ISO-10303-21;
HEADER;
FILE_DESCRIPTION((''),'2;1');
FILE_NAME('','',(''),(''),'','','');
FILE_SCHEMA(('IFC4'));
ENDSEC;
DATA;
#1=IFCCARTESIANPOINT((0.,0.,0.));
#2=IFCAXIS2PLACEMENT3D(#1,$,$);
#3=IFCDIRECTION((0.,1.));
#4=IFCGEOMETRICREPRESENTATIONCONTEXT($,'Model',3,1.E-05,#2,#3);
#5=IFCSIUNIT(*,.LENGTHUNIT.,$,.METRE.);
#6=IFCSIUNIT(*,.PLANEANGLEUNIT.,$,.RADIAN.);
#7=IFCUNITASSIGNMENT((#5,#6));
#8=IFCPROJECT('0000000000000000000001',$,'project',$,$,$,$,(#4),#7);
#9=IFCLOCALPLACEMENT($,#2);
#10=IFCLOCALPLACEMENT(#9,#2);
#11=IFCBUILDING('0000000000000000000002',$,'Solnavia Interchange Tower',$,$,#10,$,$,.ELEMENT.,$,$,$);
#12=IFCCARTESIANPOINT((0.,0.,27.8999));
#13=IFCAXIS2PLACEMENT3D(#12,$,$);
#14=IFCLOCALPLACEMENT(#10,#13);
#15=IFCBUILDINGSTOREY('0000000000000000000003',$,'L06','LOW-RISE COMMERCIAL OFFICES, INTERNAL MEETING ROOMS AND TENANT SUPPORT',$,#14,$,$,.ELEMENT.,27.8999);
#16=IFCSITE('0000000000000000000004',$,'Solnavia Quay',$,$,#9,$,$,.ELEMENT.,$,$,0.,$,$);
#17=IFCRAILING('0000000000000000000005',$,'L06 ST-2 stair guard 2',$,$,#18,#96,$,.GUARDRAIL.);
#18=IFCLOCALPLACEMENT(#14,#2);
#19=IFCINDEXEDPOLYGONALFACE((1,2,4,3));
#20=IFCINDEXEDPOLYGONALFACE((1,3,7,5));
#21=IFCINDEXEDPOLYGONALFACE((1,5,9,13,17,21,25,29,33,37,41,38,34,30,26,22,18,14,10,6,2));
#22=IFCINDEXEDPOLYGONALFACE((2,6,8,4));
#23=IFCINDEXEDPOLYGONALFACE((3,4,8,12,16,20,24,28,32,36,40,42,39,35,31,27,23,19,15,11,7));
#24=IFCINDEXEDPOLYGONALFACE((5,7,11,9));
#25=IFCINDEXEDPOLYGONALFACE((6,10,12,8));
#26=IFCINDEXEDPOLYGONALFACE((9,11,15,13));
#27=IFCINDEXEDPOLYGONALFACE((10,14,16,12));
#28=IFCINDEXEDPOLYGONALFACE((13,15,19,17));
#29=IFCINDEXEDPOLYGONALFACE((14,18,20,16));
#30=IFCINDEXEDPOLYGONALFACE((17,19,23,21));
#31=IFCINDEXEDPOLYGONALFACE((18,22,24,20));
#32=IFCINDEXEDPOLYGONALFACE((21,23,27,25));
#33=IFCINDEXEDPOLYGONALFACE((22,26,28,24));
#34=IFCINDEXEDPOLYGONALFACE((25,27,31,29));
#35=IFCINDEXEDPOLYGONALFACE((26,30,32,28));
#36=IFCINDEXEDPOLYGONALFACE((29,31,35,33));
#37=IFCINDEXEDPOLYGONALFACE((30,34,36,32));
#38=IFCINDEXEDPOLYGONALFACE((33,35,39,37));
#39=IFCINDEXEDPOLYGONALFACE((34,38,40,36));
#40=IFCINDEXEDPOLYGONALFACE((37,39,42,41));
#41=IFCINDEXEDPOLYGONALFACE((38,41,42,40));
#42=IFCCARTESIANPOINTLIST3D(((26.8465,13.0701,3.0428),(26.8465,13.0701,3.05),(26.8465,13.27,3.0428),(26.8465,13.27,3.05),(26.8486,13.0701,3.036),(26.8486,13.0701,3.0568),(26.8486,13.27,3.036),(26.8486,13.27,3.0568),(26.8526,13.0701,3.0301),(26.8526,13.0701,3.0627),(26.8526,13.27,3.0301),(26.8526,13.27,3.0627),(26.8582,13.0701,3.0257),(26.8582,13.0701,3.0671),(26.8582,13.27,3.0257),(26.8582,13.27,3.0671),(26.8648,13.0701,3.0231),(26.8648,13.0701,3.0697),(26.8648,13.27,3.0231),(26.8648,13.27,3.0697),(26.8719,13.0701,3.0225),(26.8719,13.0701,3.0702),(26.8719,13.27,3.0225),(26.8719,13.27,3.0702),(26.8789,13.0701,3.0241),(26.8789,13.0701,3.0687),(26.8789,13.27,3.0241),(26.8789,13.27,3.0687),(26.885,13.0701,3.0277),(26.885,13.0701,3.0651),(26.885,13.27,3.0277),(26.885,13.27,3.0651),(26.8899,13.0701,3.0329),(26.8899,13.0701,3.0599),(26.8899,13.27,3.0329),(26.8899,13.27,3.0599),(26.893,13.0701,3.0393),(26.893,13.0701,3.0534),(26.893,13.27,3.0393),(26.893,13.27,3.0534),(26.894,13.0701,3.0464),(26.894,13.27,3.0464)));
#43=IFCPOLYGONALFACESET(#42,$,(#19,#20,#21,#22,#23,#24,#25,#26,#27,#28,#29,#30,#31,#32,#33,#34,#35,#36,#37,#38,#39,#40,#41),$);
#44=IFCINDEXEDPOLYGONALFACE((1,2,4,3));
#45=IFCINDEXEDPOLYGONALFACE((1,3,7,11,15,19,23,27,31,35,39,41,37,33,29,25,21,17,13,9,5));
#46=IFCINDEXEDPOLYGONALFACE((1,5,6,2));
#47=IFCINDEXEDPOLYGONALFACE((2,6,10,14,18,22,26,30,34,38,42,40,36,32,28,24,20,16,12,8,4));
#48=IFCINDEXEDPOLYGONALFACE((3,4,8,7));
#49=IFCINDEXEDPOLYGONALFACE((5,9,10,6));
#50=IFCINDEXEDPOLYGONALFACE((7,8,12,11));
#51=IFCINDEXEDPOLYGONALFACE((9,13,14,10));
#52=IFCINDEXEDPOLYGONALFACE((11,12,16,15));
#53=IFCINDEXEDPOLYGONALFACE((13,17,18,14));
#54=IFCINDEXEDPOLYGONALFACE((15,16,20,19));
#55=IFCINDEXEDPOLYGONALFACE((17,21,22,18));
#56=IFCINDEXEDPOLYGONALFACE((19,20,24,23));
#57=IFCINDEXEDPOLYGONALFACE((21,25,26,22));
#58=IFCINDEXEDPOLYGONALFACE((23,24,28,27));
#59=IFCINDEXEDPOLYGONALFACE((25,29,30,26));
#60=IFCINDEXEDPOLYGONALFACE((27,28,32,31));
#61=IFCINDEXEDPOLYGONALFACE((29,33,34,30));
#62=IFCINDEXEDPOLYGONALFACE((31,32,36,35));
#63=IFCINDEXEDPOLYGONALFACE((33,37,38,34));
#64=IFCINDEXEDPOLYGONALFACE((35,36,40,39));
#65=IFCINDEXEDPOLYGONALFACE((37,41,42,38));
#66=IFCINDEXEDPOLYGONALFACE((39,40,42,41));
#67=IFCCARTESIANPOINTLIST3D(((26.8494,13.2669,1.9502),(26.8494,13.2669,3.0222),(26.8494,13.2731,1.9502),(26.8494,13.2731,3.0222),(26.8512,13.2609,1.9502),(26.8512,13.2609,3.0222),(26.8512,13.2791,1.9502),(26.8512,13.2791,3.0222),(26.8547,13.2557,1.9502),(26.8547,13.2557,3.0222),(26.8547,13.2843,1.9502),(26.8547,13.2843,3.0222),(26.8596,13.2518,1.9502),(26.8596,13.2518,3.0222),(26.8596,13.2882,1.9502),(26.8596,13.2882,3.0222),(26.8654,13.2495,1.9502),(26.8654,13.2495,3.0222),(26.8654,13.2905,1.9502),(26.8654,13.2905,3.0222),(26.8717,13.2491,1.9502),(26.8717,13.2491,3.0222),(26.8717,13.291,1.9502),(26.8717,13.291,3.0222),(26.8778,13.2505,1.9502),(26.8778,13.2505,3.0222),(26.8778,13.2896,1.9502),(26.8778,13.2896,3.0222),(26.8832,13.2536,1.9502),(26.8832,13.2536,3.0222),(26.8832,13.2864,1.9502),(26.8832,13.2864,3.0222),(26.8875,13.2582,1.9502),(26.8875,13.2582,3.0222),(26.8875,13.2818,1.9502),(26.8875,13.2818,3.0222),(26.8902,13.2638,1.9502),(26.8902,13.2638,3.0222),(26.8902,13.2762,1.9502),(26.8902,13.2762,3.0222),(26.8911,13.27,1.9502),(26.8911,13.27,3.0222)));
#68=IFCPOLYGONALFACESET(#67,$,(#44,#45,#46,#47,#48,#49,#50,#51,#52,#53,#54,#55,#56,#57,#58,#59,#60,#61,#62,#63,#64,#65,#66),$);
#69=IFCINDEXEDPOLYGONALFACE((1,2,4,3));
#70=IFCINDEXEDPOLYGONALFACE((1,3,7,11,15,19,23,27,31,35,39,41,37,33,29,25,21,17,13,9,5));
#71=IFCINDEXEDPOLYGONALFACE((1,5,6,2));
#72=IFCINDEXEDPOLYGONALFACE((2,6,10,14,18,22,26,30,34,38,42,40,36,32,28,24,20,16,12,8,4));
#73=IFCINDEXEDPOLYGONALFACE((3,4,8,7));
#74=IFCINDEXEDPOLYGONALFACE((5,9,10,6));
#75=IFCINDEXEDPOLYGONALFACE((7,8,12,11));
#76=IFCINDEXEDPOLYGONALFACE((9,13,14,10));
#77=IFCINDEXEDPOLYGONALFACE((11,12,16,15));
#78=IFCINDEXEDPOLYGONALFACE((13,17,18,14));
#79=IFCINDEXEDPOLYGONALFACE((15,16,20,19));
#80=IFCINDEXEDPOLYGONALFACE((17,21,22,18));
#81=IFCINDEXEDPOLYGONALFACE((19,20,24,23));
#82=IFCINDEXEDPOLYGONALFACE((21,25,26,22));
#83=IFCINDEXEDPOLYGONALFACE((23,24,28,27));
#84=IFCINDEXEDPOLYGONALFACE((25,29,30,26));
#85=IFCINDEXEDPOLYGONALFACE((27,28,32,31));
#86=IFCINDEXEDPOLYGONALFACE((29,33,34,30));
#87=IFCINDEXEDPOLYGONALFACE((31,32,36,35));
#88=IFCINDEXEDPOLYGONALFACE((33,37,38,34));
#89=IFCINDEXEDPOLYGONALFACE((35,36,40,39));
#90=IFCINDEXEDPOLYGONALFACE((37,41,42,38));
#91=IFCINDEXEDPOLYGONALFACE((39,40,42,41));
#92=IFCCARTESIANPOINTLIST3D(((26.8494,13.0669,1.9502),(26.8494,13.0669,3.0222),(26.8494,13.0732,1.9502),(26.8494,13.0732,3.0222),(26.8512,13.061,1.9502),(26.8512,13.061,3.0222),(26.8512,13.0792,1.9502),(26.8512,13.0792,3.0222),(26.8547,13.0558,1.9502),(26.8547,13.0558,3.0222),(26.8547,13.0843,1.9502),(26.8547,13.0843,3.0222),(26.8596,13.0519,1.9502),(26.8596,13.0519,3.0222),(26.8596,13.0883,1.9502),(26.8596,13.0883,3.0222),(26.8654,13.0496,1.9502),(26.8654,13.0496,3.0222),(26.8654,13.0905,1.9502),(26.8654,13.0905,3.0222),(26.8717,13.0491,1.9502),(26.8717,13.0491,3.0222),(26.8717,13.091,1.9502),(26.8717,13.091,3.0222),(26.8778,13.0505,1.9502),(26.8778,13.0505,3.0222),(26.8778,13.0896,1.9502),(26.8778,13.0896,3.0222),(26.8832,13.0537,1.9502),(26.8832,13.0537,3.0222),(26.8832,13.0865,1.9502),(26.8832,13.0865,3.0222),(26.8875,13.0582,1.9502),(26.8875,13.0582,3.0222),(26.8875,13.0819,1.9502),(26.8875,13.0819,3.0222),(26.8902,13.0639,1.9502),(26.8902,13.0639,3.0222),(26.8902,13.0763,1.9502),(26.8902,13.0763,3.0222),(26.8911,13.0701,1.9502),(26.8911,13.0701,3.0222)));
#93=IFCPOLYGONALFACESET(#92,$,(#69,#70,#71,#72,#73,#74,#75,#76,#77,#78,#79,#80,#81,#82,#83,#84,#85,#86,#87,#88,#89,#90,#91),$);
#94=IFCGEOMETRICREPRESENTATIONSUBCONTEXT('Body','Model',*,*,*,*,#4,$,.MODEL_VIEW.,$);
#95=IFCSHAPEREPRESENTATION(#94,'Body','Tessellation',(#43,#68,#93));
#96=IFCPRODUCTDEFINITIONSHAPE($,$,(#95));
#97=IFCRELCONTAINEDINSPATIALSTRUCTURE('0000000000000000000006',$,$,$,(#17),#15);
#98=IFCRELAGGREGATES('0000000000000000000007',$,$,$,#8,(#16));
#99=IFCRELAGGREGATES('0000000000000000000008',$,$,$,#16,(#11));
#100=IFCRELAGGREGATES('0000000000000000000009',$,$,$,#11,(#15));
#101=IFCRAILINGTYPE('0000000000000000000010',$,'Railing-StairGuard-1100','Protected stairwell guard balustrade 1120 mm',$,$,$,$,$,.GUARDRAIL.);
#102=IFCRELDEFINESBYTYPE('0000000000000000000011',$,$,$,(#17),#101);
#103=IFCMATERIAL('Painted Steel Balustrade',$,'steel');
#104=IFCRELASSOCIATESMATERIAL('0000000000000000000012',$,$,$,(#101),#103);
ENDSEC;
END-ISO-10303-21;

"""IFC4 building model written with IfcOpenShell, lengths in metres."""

from ifc_helpers import new_model, si_unit, direction, frame, origin, origin_2d, place, context, subcontext, project, spatial, circle, extrude, material, type_object, element, save


model = new_model("IFC4")

# Units and contexts
model_context = context("Model", 3, precision=1e-05, world=origin(), true_north=direction((0.0, 1.0)))
body_context = subcontext(model_context, "Body", "Model", "MODEL_VIEW")
ifc_project = project(units=[si_unit("LENGTHUNIT", "METRE"), si_unit("PLANEANGLEUNIT", "RADIAN")], contexts=[model_context])

# Site, building, storey
site_placement = place(None, origin())
site = spatial("IfcSite", under=ifc_project, at=site_placement, Name="Solnavia Quay", CompositionType="ELEMENT", RefElevation=0.0)
building_placement = place(site_placement, origin())
building = spatial("IfcBuilding", under=site, at=building_placement, Name="Solnavia Interchange Tower", CompositionType="ELEMENT")
storey_placement = place(building_placement, frame((0.0, 0.0, 27.8999)))
storey = spatial("IfcBuildingStorey", under=building, at=storey_placement, Name="L06", Description="LOW-RISE COMMERCIAL OFFICES, INTERNAL MEETING ROOMS AND TENANT SUPPORT", CompositionType="ELEMENT", Elevation=27.8999)

# Railing
ifc_material_1 = material(Name="Painted Steel Balustrade", Category="steel")
railing_type_1 = type_object("IfcRailingType", Name="Railing-StairGuard-1100", Description="Protected stairwell guard balustrade 1120 mm", PredefinedType="GUARDRAIL", material=ifc_material_1)
railing_1_placement = place(storey_placement, frame((26.8701, 13.27, 1.9502)))
element("IfcRailing", 1, at=railing_1_placement, inside=storey, type_object=railing_type_1, Name="L06 ST-2 stair guard 2", PredefinedType="GUARDRAIL", context=body_context, shape_type="SweptSolid", body=[
    extrude(circle(Radius=0.0239, at=origin_2d()), frame((0.0, 0.0, 1.0962), z_axis=(0.0, -1.0, 0.0), x_axis=(1.0, 0.0, 0.0)), (0.0, 0.0, 1.0), 0.2),
    extrude(circle(Radius=0.021, at=origin_2d()), origin(), (0.0, 0.0, 1.0), 1.072),
    extrude(circle(Radius=0.021, at=origin_2d()), frame((0.0, -0.2, 0.0)), (0.0, 0.0, 1.0), 1.072),
])

save(model, "model.ifc")
